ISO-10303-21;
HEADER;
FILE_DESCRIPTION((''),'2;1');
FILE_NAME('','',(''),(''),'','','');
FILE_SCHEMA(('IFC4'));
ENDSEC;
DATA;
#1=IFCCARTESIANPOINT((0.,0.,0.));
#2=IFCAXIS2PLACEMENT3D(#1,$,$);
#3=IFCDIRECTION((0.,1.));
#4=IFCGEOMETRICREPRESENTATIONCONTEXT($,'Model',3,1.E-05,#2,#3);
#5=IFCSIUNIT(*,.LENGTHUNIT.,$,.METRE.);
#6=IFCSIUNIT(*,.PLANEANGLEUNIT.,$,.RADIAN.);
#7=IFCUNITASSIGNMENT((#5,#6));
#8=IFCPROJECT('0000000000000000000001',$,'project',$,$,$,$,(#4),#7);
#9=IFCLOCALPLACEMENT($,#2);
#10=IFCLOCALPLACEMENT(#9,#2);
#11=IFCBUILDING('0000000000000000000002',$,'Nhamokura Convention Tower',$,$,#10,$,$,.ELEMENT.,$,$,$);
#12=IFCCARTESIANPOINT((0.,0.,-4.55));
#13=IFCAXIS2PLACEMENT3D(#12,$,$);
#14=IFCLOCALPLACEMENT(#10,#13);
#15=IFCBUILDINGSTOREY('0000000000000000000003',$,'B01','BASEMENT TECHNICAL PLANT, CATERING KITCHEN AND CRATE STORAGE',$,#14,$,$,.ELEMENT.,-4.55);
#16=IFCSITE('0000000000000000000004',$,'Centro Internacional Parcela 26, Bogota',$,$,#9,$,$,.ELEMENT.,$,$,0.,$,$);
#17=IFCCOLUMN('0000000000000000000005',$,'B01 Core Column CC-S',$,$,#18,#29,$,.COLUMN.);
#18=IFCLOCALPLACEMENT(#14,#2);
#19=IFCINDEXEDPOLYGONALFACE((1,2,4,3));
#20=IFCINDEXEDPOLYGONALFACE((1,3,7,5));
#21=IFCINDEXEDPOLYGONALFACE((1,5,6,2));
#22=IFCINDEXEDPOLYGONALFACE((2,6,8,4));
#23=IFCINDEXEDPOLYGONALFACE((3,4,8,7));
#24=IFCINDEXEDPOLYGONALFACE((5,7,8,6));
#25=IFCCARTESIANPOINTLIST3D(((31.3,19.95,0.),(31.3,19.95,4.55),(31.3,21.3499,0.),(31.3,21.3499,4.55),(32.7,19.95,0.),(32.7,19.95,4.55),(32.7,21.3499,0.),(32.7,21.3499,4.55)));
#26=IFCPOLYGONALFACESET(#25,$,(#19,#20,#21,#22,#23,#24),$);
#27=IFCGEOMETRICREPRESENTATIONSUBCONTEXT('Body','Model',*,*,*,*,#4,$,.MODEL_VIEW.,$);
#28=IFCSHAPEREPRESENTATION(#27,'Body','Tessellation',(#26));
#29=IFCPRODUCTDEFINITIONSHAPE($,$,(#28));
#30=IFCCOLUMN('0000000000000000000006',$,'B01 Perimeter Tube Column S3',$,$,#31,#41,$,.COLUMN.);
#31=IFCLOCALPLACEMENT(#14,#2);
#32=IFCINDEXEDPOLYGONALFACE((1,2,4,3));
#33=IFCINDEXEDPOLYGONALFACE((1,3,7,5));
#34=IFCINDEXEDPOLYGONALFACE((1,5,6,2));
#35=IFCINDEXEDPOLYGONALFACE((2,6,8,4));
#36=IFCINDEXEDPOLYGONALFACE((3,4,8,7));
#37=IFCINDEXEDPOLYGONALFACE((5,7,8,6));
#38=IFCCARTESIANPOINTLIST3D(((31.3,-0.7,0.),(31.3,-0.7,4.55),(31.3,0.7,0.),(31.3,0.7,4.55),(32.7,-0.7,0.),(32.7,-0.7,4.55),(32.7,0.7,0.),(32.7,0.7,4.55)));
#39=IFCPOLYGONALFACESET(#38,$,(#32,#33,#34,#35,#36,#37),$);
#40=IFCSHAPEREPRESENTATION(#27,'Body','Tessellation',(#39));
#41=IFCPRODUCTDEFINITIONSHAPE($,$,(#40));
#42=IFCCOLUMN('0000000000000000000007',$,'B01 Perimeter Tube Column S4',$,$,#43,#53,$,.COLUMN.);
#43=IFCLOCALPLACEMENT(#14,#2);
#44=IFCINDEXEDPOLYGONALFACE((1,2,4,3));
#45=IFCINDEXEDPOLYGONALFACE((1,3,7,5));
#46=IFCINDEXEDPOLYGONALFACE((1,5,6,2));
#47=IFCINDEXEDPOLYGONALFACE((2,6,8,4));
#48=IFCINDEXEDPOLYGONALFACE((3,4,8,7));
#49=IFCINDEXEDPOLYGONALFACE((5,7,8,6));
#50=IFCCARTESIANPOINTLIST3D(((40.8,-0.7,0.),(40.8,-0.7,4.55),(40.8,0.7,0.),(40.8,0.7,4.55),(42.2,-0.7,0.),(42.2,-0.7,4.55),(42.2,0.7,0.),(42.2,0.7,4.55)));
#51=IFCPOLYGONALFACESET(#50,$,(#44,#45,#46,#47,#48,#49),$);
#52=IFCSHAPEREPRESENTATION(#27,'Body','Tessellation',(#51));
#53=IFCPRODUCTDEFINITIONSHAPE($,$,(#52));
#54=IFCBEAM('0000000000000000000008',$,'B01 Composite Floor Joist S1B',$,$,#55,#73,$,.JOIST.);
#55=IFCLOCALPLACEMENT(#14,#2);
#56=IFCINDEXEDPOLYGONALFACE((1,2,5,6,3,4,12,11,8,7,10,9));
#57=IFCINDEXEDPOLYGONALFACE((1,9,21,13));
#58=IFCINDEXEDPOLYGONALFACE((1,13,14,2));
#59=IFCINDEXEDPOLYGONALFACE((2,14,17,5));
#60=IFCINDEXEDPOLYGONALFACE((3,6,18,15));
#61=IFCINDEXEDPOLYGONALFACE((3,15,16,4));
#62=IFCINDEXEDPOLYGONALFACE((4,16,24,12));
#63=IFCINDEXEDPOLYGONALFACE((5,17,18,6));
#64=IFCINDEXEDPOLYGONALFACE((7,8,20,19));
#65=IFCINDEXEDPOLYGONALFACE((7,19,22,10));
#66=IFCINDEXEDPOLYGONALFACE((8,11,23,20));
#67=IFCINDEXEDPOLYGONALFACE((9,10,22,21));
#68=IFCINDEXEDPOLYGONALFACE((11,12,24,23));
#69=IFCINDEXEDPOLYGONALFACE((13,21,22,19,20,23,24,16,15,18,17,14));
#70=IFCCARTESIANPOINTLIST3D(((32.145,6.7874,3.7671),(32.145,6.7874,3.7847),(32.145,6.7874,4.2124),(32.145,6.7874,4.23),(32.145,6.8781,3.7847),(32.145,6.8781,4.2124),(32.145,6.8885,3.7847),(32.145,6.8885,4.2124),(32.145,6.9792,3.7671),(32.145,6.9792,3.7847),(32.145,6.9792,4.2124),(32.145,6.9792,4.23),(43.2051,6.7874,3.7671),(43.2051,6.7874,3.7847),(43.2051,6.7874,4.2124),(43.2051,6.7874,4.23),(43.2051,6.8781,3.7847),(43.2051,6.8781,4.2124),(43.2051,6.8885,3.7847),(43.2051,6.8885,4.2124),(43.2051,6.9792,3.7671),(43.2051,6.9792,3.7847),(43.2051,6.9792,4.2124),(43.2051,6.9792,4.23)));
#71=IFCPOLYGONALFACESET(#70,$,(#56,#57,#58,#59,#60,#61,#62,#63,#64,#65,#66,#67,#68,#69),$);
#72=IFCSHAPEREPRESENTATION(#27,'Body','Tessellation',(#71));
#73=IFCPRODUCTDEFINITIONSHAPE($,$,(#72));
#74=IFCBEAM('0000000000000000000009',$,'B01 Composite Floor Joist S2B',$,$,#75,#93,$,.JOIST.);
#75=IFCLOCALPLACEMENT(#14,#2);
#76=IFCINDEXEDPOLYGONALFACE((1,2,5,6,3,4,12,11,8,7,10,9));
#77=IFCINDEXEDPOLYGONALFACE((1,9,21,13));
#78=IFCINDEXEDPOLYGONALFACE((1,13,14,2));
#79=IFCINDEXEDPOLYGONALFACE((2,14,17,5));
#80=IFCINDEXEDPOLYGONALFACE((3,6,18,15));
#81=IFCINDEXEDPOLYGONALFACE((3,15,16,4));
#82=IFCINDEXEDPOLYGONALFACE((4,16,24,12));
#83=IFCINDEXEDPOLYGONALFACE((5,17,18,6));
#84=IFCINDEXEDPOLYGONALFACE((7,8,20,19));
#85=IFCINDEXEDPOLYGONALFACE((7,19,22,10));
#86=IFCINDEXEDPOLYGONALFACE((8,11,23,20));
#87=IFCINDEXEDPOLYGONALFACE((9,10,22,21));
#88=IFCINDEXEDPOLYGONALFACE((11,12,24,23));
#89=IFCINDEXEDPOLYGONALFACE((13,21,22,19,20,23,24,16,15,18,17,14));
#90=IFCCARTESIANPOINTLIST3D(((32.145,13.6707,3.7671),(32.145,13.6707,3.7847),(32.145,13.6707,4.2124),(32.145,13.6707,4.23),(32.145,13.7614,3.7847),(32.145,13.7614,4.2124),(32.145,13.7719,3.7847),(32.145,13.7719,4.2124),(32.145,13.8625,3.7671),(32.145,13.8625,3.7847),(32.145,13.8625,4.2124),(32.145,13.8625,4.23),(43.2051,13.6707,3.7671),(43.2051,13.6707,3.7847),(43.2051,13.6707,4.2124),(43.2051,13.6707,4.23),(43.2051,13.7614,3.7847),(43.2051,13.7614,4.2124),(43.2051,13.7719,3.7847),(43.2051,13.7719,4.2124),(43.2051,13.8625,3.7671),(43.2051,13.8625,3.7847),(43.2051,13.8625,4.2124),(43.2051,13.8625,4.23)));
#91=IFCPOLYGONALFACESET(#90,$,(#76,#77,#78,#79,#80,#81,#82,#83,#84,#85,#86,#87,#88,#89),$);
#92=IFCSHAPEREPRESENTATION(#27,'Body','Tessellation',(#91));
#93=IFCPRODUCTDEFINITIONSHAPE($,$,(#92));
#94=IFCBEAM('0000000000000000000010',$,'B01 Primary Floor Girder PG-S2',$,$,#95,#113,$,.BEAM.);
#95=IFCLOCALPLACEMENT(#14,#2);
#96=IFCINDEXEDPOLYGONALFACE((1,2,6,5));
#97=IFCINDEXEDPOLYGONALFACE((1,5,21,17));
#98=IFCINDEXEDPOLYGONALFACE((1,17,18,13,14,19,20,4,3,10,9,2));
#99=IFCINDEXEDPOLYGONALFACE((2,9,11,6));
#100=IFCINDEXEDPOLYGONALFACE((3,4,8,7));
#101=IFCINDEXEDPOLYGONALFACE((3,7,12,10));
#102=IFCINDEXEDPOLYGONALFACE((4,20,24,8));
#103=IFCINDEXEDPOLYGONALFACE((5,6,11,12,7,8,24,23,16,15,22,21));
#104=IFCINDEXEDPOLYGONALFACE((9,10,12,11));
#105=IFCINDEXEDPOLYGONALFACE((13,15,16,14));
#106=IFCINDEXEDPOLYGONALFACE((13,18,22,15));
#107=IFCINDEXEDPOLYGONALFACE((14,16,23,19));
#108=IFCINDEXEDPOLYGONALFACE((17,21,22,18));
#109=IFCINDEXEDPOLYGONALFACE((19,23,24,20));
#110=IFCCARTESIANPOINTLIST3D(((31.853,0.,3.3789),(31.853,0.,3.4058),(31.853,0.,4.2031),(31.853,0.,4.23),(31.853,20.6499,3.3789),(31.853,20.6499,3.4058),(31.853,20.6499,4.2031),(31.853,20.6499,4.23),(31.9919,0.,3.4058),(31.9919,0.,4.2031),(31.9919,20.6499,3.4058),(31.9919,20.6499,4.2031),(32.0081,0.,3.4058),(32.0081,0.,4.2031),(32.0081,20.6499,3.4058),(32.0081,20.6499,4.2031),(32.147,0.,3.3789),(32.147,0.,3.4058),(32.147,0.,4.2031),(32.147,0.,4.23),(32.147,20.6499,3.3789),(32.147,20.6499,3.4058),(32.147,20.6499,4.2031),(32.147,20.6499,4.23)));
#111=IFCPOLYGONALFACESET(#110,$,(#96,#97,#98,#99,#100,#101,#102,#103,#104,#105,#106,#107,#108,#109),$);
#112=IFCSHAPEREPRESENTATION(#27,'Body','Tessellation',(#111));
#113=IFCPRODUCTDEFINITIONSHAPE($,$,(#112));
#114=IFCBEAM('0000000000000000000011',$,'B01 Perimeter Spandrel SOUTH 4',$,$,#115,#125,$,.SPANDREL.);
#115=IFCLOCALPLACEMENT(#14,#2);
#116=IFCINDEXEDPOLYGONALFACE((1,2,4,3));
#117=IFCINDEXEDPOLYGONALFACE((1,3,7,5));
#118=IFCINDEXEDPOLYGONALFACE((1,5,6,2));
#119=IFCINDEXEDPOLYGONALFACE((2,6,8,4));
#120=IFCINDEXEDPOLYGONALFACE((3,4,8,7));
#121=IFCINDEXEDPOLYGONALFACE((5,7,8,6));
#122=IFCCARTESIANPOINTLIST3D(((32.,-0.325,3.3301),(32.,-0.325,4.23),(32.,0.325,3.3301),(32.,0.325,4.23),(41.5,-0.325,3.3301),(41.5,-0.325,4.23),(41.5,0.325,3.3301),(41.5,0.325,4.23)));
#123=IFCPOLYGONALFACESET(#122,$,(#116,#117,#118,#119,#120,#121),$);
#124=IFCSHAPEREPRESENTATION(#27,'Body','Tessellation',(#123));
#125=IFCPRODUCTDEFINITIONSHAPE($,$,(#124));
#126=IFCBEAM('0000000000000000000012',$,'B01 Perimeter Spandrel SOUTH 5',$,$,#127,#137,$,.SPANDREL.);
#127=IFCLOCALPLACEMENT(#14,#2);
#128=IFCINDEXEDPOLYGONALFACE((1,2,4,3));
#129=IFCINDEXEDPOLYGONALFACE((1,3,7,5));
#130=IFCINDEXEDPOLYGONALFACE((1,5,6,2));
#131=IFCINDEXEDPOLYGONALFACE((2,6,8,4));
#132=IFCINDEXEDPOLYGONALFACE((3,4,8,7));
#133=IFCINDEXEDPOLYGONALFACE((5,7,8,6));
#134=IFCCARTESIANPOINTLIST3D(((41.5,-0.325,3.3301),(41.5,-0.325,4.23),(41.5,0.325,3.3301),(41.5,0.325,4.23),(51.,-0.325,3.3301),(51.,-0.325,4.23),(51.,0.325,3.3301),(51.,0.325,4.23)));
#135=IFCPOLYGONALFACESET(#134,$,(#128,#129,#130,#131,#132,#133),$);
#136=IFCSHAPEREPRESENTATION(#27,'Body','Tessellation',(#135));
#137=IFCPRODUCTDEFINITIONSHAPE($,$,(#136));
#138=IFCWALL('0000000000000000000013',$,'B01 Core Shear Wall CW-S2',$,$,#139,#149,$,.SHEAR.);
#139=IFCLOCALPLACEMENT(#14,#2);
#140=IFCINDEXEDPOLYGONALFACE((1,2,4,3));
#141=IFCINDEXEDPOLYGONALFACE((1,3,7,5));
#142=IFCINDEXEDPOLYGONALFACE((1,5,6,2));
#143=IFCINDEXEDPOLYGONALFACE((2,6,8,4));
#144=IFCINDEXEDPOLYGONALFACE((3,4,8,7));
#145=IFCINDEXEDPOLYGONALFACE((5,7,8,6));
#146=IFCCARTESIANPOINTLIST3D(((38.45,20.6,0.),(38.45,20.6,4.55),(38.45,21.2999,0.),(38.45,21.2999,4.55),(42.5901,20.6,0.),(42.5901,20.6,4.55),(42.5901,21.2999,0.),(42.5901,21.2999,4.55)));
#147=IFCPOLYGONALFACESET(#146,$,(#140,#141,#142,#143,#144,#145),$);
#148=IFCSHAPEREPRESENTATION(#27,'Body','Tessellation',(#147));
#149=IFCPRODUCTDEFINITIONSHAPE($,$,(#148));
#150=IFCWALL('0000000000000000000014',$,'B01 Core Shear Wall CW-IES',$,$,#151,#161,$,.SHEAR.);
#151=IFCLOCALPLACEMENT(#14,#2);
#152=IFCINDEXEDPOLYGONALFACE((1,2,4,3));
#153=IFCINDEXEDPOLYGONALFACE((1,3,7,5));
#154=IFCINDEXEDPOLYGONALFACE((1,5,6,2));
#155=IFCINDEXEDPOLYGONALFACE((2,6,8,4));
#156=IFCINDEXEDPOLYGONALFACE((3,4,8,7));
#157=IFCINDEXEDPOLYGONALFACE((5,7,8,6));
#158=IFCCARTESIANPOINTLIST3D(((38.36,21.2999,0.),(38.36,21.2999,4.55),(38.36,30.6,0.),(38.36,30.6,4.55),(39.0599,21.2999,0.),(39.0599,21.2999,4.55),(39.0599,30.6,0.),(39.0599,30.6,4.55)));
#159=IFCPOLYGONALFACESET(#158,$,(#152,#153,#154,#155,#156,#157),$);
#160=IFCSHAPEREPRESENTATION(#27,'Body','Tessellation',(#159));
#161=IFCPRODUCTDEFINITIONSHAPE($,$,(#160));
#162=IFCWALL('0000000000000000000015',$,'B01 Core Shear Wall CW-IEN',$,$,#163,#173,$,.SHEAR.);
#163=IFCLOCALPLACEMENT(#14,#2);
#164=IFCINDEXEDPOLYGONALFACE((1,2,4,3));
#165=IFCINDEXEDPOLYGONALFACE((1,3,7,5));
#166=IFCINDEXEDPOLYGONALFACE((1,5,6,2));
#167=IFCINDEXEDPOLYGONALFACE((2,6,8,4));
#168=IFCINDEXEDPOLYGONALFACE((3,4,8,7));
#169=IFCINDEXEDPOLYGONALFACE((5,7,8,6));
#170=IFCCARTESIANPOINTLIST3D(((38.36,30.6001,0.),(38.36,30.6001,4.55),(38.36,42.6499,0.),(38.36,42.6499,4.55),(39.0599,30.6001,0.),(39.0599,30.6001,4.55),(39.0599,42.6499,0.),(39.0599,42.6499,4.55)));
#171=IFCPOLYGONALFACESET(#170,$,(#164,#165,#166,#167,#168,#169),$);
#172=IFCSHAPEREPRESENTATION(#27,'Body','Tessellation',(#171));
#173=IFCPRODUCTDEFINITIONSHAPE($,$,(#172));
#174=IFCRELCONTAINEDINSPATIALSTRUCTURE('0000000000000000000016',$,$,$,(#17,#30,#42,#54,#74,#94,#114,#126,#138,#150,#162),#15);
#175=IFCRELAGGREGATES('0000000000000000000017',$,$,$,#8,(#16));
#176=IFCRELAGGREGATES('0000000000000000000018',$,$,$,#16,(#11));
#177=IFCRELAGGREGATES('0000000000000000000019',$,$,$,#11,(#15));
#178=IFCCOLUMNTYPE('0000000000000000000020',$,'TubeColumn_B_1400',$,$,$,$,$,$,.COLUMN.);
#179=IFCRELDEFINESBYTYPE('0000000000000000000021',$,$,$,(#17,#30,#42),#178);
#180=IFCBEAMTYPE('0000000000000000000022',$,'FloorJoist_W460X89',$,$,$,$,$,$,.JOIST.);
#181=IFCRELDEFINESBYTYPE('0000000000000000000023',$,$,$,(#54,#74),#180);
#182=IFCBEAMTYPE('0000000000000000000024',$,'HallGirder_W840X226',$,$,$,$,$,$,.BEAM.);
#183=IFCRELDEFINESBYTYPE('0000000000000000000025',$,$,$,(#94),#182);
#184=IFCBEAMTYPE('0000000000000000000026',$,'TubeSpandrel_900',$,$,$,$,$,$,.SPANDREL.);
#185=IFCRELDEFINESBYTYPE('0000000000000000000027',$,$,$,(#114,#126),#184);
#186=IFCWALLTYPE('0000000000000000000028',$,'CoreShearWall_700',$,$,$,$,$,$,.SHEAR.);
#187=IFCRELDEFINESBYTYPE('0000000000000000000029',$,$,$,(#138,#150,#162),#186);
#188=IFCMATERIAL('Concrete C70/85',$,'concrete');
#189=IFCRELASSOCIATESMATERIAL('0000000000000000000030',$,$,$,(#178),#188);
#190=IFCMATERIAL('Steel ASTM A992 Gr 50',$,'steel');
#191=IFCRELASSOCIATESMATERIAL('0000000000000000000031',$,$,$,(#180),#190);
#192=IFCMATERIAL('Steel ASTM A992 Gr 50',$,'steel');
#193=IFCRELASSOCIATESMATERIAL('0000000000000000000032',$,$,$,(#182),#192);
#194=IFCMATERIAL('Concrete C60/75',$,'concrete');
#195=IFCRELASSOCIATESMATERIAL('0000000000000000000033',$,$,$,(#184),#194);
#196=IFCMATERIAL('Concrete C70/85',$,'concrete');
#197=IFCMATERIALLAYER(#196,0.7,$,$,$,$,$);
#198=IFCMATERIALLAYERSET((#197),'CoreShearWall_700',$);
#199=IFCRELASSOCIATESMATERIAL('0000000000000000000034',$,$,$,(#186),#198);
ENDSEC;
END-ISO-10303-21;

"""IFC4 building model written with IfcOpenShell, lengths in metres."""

from ifc_helpers import new_model, si_unit, direction, frame, frame_2d, origin, origin_2d, place, context, subcontext, project, spatial, rectangle, i_section, extrude, material, layer, layer_set, material_profile, profile_set, type_object, element, save


model = new_model("IFC4")

# Units and contexts
model_context = context("Model", 3, precision=1e-05, world=origin(), true_north=direction((0.0, 1.0)))
body_context = subcontext(model_context, "Body", "Model", "MODEL_VIEW")
ifc_project = project(units=[si_unit("LENGTHUNIT", "METRE"), si_unit("PLANEANGLEUNIT", "RADIAN")], contexts=[model_context])

# Site, building, storey
site_placement = place(None, origin())
site = spatial("IfcSite", under=ifc_project, at=site_placement, Name="Centro Internacional Parcela 26, Bogota", CompositionType="ELEMENT", RefElevation=0.0)
building_placement = place(site_placement, origin())
building = spatial("IfcBuilding", under=site, at=building_placement, Name="Nhamokura Convention Tower", CompositionType="ELEMENT")
storey_placement = place(building_placement, frame((0.0, 0.0, -4.55)))
storey = spatial("IfcBuildingStorey", under=building, at=storey_placement, Name="B01", Description="BASEMENT TECHNICAL PLANT, CATERING KITCHEN AND CRATE STORAGE", CompositionType="ELEMENT", Elevation=-4.55)

# Columns
ifc_material_1 = material(Name="Concrete C70/85", Category="concrete")
ifc_material_profile_1 = material_profile(ifc_material_1, rectangle(XDim=1.3999, YDim=1.3999, at=origin_2d()))
ifc_profile_set_1 = profile_set([ifc_material_profile_1], Name="Concrete C70/85")
column_type = type_object("IfcColumnType", Name="TubeColumn_B_1400", PredefinedType="COLUMN", material=ifc_profile_set_1)
for number, where, z_axis, x_axis, name in (
    (1, (32.0, 20.6499, 0.0), (0.0, 0.0, 1.0), (1.0, 0.0, 0.0), "B01 Core Column CC-S"),
    (2, (32.0, 0.0, 0.0), (0.0, 0.0, 1.0), (1.0, 0.0, 0.0), "B01 Perimeter Tube Column S3"),
    (3, (41.5, 0.0, 0.0), (0.0, 0.0, 1.0), (1.0, 0.0, 0.0), "B01 Perimeter Tube Column S4"),
):
    element("IfcColumn", number, at=place(storey_placement, frame(where, z_axis=z_axis, x_axis=x_axis)), inside=storey, type_object=column_type, Name=name, PredefinedType="COLUMN", context=body_context, shape_type="SweptSolid", body=[
        extrude(rectangle(XDim=1.3999, YDim=1.3999, at=origin_2d()), origin(), (0.0, 0.0, 1.0), 4.55),
    ])

# Beams
ifc_material_2 = material(Name="Steel ASTM A992 Gr 50", Category="steel")
ifc_material_profile_2 = material_profile(ifc_material_2, i_section(OverallWidth=0.1919, OverallDepth=0.4629, WebThickness=0.0105, FlangeThickness=0.0176, at=origin_2d()))
ifc_profile_set_2 = profile_set([ifc_material_profile_2], Name="Steel ASTM A992 Gr 50")
beam_type_1 = type_object("IfcBeamType", Name="FloorJoist_W460X89", PredefinedType="JOIST", material=ifc_profile_set_2)
for number, where, z_axis, x_axis, name in (
    (4, (32.145, 6.8833, 3.9985), (1.0, 0.0, 0.0), (0.0, 1.0, 0.0), "B01 Composite Floor Joist S1B"),
    (5, (32.145, 13.7666, 3.9985), (1.0, 0.0, 0.0), (0.0, 1.0, 0.0), "B01 Composite Floor Joist S2B"),
):
    element("IfcBeam", number, at=place(storey_placement, frame(where, z_axis=z_axis, x_axis=x_axis)), inside=storey, type_object=beam_type_1, Name=name, PredefinedType="JOIST", context=body_context, shape_type="SweptSolid", body=[
        extrude(i_section(OverallWidth=0.1919, OverallDepth=0.4629, WebThickness=0.0105, FlangeThickness=0.0176, at=origin_2d()), origin(), (0.0, 0.0, 1.0), 11.0601),
    ])
ifc_material_3 = material(Name="Steel ASTM A992 Gr 50", Category="steel")
ifc_material_profile_3 = material_profile(ifc_material_3, i_section(OverallWidth=0.2939, OverallDepth=0.8511, WebThickness=0.0161, FlangeThickness=0.0269, at=origin_2d()))
ifc_profile_set_3 = profile_set([ifc_material_profile_3], Name="Steel ASTM A992 Gr 50")
beam_type_2 = type_object("IfcBeamType", Name="HallGirder_W840X226", PredefinedType="BEAM", material=ifc_profile_set_3)
beam_placement = place(storey_placement, frame((32.0, 0.0, 3.8044), z_axis=(0.0, 1.0, 0.0), x_axis=(-1.0, 0.0, 0.0)))
element("IfcBeam", 6, at=beam_placement, inside=storey, type_object=beam_type_2, Name="B01 Primary Floor Girder PG-S2", PredefinedType="BEAM", context=body_context, shape_type="SweptSolid", body=[
    extrude(i_section(OverallWidth=0.2939, OverallDepth=0.8511, WebThickness=0.0161, FlangeThickness=0.0269, at=origin_2d()), origin(), (0.0, 0.0, 1.0), 20.6499),
])
ifc_material_4 = material(Name="Concrete C60/75", Category="concrete")
ifc_material_profile_4 = material_profile(ifc_material_4, rectangle(XDim=0.6499, YDim=0.8999, at=origin_2d()))
ifc_profile_set_4 = profile_set([ifc_material_profile_4], Name="Concrete C60/75")
beam_type_3 = type_object("IfcBeamType", Name="TubeSpandrel_900", PredefinedType="SPANDREL", material=ifc_profile_set_4)
for number, where, z_axis, x_axis, name in (
    (7, (32.0, 0.0, 3.78), (1.0, 0.0, 0.0), (0.0, 1.0, 0.0), "B01 Perimeter Spandrel SOUTH 4"),
    (8, (41.5, 0.0, 3.78), (1.0, 0.0, 0.0), (0.0, 1.0, 0.0), "B01 Perimeter Spandrel SOUTH 5"),
):
    element("IfcBeam", number, at=place(storey_placement, frame(where, z_axis=z_axis, x_axis=x_axis)), inside=storey, type_object=beam_type_3, Name=name, PredefinedType="SPANDREL", context=body_context, shape_type="SweptSolid", body=[
        extrude(rectangle(XDim=0.6499, YDim=0.8999, at=origin_2d()), origin(), (0.0, 0.0, 1.0), 9.5),
    ])

# Walls
ifc_material_5 = material(Name="Concrete C70/85", Category="concrete")
ifc_layer_1 = layer(ifc_material_5, 0.7)
ifc_layer_set_1 = layer_set([ifc_layer_1], Name="CoreShearWall_700")
wall_type_1 = type_object("IfcWallType", Name="CoreShearWall_700", PredefinedType="SHEAR", material=ifc_layer_set_1)
wall_1_placement = place(storey_placement, frame((38.45, 20.95, 0.0), z_axis=(0.0, 0.0, 1.0), x_axis=(1.0, 0.0, 0.0)))
element("IfcWall", 9, at=wall_1_placement, inside=storey, type_object=wall_type_1, Name="B01 Core Shear Wall CW-S2", PredefinedType="SHEAR", context=body_context, shape_type="SweptSolid", body=[
    extrude(rectangle(XDim=4.1401, YDim=0.7, at=frame_2d((2.0701, 0.0))), origin(), (0.0, 0.0, 1.0), 4.55),
])
wall_2_placement = place(storey_placement, frame((38.71, 21.3, 0.0), z_axis=(0.0, 0.0, 1.0), x_axis=(0.0, 1.0, 0.0)))
element("IfcWall", 10, at=wall_2_placement, inside=storey, type_object=wall_type_1, Name="B01 Core Shear Wall CW-IES", PredefinedType="SHEAR", context=body_context, shape_type="SweptSolid", body=[
    extrude(rectangle(XDim=9.3, YDim=0.7, at=frame_2d((4.6499, 0.0))), origin(), (0.0, 0.0, 1.0), 4.55),
])
wall_3_placement = place(storey_placement, frame((38.71, 30.6001, 0.0), z_axis=(0.0, 0.0, 1.0), x_axis=(0.0, 1.0, 0.0)))
element("IfcWall", 11, at=wall_3_placement, inside=storey, type_object=wall_type_1, Name="B01 Core Shear Wall CW-IEN", PredefinedType="SHEAR", context=body_context, shape_type="SweptSolid", body=[
    extrude(rectangle(XDim=12.0498, YDim=0.7, at=frame_2d((6.0249, 0.0))), origin(), (0.0, 0.0, 1.0), 4.55),
])

save(model, "model.ifc")
